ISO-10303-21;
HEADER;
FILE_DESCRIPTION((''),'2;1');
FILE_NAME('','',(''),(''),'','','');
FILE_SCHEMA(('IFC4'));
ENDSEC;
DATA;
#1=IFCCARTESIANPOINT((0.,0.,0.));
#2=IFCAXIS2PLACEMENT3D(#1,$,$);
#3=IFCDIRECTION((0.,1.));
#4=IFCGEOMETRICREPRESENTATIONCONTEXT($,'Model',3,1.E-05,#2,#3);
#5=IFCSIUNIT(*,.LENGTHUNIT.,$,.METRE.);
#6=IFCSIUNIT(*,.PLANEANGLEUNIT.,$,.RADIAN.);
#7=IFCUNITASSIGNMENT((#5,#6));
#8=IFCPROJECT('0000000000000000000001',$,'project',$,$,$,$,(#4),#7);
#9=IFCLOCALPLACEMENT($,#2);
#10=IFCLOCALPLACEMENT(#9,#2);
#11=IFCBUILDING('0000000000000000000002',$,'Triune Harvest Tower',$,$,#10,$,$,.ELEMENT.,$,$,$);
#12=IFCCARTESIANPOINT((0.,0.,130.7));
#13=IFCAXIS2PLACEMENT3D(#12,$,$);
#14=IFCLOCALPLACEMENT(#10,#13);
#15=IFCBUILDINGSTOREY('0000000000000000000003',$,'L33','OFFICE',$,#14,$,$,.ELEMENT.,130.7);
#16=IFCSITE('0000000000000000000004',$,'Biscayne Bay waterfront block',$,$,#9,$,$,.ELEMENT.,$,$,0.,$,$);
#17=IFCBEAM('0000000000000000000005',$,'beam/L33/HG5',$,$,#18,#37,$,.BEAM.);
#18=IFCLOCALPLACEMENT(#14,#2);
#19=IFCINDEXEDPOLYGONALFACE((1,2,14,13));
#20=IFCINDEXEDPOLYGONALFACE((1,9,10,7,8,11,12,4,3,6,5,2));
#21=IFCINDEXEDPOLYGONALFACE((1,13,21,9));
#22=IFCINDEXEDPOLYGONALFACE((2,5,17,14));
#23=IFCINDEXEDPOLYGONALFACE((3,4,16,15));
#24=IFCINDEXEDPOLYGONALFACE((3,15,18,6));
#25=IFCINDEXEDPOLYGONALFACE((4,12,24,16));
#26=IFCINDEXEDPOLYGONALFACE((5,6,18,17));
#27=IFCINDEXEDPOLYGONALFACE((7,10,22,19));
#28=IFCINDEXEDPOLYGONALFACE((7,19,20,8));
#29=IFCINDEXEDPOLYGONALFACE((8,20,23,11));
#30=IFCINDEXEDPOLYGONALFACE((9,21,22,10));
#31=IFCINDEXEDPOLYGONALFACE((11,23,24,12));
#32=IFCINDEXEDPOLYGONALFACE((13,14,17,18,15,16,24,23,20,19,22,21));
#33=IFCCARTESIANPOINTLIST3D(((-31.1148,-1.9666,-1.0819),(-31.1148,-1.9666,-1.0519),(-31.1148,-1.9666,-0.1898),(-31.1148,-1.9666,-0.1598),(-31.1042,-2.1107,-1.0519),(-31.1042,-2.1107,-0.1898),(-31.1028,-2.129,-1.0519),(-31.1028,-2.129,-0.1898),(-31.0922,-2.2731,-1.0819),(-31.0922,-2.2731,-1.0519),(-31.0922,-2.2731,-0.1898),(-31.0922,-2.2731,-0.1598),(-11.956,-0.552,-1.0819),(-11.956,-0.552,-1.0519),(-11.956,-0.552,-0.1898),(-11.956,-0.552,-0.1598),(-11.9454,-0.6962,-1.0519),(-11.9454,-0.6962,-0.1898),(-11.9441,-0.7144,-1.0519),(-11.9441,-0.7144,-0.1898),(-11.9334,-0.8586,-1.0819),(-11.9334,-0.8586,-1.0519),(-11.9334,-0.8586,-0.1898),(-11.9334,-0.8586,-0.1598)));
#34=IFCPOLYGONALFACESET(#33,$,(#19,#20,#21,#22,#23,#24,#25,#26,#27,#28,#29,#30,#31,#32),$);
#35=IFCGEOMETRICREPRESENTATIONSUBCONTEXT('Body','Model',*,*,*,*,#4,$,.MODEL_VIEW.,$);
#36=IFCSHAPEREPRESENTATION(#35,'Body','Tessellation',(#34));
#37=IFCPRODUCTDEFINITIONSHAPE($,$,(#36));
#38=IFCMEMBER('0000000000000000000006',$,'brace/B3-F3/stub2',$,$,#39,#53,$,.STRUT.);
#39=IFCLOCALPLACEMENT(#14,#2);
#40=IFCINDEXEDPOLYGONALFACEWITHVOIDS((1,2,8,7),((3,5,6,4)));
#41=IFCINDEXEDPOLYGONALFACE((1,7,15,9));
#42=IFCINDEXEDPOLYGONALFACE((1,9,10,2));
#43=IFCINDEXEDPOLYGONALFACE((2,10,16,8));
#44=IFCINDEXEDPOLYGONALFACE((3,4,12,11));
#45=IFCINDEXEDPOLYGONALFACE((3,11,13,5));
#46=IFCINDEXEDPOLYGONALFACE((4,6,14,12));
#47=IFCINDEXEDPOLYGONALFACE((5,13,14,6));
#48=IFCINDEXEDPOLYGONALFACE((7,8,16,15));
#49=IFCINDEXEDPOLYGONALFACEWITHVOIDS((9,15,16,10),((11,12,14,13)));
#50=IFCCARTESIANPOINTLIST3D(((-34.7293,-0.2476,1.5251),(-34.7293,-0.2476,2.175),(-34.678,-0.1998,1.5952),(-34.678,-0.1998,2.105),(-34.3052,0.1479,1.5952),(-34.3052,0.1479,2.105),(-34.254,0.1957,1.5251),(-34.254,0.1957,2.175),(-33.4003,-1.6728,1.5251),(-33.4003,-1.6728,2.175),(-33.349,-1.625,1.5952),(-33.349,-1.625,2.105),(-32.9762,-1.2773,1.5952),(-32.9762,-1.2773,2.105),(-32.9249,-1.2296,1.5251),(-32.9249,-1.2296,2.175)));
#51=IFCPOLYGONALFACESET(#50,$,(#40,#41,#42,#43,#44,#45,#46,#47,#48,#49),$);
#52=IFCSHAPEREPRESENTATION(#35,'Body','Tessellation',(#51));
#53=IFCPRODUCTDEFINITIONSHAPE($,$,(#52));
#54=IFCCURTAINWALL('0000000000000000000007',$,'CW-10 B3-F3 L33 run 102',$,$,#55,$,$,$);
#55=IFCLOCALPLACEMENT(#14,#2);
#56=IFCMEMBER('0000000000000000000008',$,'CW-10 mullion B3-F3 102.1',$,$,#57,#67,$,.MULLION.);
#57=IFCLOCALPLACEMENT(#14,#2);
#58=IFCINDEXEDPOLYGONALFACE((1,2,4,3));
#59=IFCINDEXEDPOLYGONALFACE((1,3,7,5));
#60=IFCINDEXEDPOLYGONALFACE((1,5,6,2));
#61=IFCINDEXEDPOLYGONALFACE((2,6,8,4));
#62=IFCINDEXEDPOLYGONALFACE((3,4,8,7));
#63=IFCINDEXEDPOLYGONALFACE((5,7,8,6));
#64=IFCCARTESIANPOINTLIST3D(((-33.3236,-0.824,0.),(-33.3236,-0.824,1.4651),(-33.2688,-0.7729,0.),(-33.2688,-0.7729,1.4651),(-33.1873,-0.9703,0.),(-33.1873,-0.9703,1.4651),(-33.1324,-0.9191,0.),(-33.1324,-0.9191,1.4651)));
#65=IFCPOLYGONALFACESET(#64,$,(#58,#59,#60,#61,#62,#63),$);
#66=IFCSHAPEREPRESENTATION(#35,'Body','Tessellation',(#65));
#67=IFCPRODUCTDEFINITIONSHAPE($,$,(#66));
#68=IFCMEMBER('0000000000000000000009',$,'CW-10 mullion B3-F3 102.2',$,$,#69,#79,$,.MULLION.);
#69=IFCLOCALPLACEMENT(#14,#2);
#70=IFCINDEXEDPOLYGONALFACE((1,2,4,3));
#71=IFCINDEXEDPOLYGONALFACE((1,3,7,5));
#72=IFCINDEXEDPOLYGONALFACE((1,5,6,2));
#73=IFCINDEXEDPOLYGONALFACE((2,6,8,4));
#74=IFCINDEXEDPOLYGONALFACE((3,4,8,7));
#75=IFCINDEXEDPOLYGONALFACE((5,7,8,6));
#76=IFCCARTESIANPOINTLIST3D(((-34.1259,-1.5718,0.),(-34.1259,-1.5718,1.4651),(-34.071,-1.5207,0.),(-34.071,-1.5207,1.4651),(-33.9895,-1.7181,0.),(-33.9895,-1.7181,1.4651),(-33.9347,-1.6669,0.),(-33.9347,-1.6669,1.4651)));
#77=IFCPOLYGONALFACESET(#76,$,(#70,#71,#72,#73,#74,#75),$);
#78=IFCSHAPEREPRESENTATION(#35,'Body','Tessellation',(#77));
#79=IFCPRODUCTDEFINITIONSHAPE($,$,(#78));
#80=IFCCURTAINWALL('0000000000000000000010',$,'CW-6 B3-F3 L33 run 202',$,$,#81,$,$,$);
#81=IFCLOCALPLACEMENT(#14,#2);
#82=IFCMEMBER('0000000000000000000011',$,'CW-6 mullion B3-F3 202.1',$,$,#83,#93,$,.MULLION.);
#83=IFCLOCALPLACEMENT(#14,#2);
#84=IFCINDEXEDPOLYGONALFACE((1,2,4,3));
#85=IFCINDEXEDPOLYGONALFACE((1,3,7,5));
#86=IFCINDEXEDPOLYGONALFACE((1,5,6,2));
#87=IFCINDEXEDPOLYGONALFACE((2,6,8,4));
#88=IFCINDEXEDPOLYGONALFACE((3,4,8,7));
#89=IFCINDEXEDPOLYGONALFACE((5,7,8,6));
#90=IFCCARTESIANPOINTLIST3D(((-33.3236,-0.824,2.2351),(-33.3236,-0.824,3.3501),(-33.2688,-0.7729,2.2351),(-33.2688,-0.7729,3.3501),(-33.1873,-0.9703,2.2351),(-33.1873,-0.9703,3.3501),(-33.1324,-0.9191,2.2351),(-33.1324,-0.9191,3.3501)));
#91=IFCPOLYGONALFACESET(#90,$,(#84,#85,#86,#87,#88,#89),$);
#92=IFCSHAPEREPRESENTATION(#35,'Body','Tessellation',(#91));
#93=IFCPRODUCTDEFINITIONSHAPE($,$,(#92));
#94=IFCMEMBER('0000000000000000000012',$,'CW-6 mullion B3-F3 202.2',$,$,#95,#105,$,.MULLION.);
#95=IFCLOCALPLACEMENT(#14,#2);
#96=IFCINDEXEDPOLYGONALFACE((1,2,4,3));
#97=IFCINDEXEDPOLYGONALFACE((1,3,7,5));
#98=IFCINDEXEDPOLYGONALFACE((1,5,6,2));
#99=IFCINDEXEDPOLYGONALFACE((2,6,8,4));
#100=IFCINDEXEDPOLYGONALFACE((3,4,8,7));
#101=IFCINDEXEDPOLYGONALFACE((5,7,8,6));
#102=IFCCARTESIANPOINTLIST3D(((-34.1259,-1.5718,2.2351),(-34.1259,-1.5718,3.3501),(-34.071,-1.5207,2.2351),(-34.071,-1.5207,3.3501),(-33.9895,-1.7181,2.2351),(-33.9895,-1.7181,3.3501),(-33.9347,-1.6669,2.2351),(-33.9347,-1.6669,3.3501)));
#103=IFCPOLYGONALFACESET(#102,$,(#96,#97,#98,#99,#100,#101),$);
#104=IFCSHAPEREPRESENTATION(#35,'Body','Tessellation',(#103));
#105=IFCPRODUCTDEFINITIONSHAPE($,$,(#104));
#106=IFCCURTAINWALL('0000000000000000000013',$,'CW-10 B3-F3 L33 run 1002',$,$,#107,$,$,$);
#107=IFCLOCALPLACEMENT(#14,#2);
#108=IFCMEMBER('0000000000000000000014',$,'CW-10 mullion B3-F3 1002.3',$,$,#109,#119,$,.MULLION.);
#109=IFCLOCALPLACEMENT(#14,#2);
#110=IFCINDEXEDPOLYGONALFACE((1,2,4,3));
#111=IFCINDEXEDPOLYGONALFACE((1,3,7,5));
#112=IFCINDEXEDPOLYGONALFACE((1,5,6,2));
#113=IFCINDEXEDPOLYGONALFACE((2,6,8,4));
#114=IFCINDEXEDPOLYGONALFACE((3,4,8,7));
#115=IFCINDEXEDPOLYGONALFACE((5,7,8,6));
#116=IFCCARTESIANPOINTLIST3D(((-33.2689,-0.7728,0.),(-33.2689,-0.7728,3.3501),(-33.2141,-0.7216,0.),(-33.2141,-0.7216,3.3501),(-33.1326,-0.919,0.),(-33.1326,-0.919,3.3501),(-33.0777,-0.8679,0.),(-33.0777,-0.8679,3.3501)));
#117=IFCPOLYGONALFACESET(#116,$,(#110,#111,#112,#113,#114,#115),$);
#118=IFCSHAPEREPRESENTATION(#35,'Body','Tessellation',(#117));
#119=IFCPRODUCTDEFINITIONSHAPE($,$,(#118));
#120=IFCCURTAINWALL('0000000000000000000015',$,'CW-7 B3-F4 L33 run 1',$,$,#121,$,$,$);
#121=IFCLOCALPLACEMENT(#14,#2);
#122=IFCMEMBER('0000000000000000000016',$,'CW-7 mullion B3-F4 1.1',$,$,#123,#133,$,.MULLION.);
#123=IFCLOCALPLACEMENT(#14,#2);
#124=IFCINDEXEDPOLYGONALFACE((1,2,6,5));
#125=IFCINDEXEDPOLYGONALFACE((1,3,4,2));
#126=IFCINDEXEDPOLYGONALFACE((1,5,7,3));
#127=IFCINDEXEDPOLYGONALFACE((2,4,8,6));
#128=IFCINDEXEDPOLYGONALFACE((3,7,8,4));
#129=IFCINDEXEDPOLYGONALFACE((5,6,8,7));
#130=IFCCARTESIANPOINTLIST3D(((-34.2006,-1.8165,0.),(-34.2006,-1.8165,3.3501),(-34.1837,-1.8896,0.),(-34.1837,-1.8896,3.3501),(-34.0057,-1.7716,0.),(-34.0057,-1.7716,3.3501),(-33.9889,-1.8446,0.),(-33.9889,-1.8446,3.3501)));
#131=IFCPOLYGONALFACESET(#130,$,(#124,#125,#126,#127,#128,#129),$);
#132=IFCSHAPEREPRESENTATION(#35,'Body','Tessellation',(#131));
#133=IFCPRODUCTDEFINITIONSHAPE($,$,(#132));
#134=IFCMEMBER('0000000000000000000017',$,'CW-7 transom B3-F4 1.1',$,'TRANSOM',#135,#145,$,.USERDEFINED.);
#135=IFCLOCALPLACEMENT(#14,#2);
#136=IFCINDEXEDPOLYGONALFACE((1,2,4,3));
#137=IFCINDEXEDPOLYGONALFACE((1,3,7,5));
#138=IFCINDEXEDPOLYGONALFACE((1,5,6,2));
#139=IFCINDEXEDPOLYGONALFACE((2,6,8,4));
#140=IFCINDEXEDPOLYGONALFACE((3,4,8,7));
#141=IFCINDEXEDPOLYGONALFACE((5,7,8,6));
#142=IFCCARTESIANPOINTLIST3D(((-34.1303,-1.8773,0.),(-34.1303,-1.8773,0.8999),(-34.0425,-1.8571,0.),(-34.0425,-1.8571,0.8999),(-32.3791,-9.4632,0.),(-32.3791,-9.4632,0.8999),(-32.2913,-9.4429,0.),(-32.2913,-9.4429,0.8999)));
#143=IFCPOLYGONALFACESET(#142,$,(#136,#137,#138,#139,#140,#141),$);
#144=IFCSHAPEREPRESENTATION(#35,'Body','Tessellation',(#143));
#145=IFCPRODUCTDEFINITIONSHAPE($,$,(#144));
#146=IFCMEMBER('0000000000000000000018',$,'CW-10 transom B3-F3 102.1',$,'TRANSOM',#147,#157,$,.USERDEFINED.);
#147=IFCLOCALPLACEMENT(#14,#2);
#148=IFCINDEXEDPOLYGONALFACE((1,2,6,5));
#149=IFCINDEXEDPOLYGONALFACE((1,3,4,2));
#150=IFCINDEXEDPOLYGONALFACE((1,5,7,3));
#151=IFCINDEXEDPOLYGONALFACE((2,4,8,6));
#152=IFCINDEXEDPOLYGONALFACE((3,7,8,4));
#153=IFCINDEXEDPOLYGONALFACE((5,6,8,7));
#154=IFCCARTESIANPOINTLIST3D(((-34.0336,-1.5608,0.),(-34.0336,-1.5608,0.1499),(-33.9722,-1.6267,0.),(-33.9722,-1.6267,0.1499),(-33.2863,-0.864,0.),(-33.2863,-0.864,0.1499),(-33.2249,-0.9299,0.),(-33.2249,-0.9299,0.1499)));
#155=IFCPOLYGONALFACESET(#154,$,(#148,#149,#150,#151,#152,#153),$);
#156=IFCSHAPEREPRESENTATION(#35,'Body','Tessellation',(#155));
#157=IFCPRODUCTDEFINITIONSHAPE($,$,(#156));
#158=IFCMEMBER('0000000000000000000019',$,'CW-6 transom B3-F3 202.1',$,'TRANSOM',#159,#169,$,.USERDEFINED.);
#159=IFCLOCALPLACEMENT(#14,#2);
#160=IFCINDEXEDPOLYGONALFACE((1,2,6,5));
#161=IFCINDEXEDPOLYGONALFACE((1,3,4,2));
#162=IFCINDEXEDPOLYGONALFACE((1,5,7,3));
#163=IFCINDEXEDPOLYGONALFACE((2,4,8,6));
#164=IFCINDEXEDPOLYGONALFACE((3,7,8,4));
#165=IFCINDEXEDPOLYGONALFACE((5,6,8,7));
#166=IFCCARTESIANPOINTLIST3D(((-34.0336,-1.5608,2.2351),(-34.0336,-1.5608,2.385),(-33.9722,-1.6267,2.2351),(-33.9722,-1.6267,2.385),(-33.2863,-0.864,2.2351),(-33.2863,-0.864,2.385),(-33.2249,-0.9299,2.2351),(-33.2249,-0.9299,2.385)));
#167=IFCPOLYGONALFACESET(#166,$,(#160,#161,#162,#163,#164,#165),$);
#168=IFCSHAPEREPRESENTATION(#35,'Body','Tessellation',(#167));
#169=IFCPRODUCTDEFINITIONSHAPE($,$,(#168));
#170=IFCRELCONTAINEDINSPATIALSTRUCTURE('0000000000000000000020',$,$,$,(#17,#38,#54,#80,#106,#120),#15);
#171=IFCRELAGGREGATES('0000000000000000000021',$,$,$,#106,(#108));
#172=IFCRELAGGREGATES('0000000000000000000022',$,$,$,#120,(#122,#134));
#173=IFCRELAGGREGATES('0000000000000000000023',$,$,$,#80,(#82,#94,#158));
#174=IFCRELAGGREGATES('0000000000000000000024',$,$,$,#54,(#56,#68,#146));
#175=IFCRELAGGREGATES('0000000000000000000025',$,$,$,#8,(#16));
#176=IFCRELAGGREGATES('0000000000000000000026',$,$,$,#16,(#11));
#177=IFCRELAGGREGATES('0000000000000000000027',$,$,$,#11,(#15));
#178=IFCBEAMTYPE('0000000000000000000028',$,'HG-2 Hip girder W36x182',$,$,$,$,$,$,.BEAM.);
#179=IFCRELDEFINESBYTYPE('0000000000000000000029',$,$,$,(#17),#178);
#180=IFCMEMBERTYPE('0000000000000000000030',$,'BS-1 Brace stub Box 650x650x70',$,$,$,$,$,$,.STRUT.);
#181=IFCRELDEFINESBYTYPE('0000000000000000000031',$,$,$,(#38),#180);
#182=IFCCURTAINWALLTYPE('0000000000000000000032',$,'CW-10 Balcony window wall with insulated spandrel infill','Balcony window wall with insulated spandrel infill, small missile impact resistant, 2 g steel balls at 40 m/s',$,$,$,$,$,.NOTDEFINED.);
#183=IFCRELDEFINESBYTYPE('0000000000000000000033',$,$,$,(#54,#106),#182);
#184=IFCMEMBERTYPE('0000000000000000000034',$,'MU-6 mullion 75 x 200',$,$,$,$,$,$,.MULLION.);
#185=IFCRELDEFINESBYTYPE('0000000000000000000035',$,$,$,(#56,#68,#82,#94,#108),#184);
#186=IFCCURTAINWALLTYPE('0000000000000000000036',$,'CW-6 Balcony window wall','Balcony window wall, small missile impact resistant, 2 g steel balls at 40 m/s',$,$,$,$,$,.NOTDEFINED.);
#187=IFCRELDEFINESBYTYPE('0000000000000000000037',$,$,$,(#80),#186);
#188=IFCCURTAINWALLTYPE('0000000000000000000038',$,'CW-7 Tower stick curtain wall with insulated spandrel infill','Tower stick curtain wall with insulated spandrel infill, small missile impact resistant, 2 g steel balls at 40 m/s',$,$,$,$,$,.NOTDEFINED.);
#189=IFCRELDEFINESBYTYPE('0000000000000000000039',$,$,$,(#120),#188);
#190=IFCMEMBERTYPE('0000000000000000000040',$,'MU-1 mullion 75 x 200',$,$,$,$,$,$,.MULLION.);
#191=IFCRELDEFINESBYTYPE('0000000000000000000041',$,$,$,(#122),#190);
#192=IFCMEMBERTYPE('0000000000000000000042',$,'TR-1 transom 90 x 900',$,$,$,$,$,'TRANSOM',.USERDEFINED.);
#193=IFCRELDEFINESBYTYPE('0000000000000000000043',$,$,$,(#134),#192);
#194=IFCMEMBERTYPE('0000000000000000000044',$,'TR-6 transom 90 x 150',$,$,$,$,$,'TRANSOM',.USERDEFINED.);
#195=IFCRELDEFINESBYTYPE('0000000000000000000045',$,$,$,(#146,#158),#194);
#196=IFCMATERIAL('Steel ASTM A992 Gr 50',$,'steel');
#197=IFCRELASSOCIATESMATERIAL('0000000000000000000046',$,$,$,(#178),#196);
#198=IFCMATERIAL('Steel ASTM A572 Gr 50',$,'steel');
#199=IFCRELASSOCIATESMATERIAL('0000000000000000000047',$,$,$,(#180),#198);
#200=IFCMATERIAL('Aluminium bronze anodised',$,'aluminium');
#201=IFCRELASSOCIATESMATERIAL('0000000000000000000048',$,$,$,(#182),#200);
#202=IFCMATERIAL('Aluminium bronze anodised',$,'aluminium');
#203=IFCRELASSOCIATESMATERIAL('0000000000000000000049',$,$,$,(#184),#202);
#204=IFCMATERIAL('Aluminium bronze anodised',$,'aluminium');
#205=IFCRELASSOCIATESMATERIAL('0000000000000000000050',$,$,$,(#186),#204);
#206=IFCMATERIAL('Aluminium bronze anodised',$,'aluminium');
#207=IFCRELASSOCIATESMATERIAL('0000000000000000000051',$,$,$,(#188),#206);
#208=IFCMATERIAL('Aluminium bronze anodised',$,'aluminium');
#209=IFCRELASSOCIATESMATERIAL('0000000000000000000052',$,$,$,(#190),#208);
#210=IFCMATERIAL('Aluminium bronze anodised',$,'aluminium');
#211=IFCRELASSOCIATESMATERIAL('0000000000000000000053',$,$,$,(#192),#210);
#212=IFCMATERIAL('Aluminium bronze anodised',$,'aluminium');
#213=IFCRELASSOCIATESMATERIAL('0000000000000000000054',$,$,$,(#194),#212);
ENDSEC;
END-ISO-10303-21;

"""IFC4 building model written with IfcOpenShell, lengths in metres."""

from ifc_helpers import new_model, si_unit, direction, frame, origin, origin_2d, place, context, subcontext, project, spatial, rectangle, hollow_rectangle, i_section, extrude, source, transform, mapped, material, material_profile, profile_set, type_object, element, aggregate, save


model = new_model("IFC4")

# Units and contexts
model_context = context("Model", 3, precision=1e-05, world=origin(), true_north=direction((0.0, 1.0)))
body_context = subcontext(model_context, "Body", "Model", "MODEL_VIEW")
ifc_project = project(units=[si_unit("LENGTHUNIT", "METRE"), si_unit("PLANEANGLEUNIT", "RADIAN")], contexts=[model_context])

# Site, building, storey
site_placement = place(None, origin())
site = spatial("IfcSite", under=ifc_project, at=site_placement, Name="Biscayne Bay waterfront block", CompositionType="ELEMENT", RefElevation=0.0)
building_placement = place(site_placement, origin())
building = spatial("IfcBuilding", under=site, at=building_placement, Name="Triune Harvest Tower", CompositionType="ELEMENT")
storey_placement = place(building_placement, frame((0.0, 0.0, 130.7)))
storey = spatial("IfcBuildingStorey", under=building, at=storey_placement, Name="L33", Description="OFFICE", CompositionType="ELEMENT", Elevation=130.7)

# Beam
ifc_material_1 = material(Name="Steel ASTM A992 Gr 50", Category="steel")
ifc_material_profile_1 = material_profile(ifc_material_1, i_section(OverallWidth=0.3074, OverallDepth=0.9221, WebThickness=0.0183, FlangeThickness=0.03, at=origin_2d()), Name="W36x182")
ifc_profile_set_1 = profile_set([ifc_material_profile_1], Name="Steel ASTM A992 Gr 50")
beam_type = type_object("IfcBeamType", Name="HG-2 Hip girder W36x182", PredefinedType="BEAM", material=ifc_profile_set_1)
shared_shape_1 = source(origin(), body_context, "Body", "SweptSolid", [
    extrude(i_section(OverallWidth=0.3074, OverallDepth=0.9221, WebThickness=0.0183, FlangeThickness=0.03, at=origin_2d()), origin(), (0.0, 0.0, 1.0), 19.2109),
])
beam_placement = place(storey_placement, frame((-31.1035, -2.1199, -0.6208), z_axis=(0.997285, 0.073633, 0.0), x_axis=(-0.073633, 0.997285, 0.0)))
element("IfcBeam", 1, at=beam_placement, inside=storey, type_object=beam_type, Name="beam/L33/HG5", PredefinedType="BEAM", context=body_context, shape_type="MappedRepresentation", body=[
    mapped(shared_shape_1, transform((0.0, 0.0, 0.0), scale=1.0)),
])

# Member
ifc_material_2 = material(Name="Steel ASTM A572 Gr 50", Category="steel")
ifc_material_profile_2 = material_profile(ifc_material_2, hollow_rectangle(XDim=0.6499, YDim=0.6499, WallThickness=0.0701, at=origin_2d()), Name="Box 650x650x70")
ifc_profile_set_2 = profile_set([ifc_material_profile_2], Name="Steel ASTM A572 Gr 50")
member_type_1 = type_object("IfcMemberType", Name="BS-1 Brace stub Box 650x650x70", PredefinedType="STRUT", material=ifc_profile_set_2)
shared_shape_2 = source(origin(), body_context, "Body", "SweptSolid", [
    extrude(hollow_rectangle(XDim=0.6499, YDim=0.6499, WallThickness=0.0701, at=origin_2d()), origin(), (0.0, 0.0, 1.0), 1.9487),
])
member_1_placement = place(storey_placement, frame((-33.1626, -1.4512, 1.8501), z_axis=(-0.681997, 0.731355, 0.0), x_axis=(-0.731355, -0.681997, 0.0)))
element("IfcMember", 2, at=member_1_placement, inside=storey, type_object=member_type_1, Name="brace/B3-F3/stub2", PredefinedType="STRUT", context=body_context, shape_type="MappedRepresentation", body=[
    mapped(shared_shape_2, transform((0.0, 0.0, 0.0), scale=1.0)),
])

# Curtain walls, members
ifc_material_3 = material(Name="Aluminium bronze anodised", Category="aluminium")
curtain_wall_type_1 = type_object("IfcCurtainWallType", Name="CW-10 Balcony window wall with insulated spandrel infill", Description="Balcony window wall with insulated spandrel infill, small missile impact resistant, 2 g steel balls at 40 m/s", PredefinedType="NOTDEFINED", material=ifc_material_3)
curtain_wall_1_placement = place(storey_placement, origin())
curtain_wall_1 = element("IfcCurtainWall", 3, at=curtain_wall_1_placement, inside=storey, type_object=curtain_wall_type_1, Name="CW-10 B3-F3 L33 run 102")
ifc_material_4 = material(Name="Aluminium bronze anodised", Category="aluminium")
ifc_material_profile_3 = material_profile(ifc_material_4, rectangle(XDim=0.2, YDim=0.075, at=origin_2d()), Name="MU-6 mullion 75 x 200")
ifc_profile_set_3 = profile_set([ifc_material_profile_3], Name="Aluminium bronze anodised")
member_type_2 = type_object("IfcMemberType", Name="MU-6 mullion 75 x 200", PredefinedType="MULLION", material=ifc_profile_set_3)
shared_shape_3 = source(origin(), body_context, "Body", "SweptSolid", [
    extrude(rectangle(XDim=0.2, YDim=0.075, at=origin_2d()), origin(), (0.0, 0.0, 1.0), 1.4651),
])
member_2_placement = place(storey_placement, frame((-33.228, -0.8716, 0.0), z_axis=(0.0, 0.0, 1.0), x_axis=(0.681968, -0.731382, 0.0)))
member_2 = element("IfcMember", 4, at=member_2_placement, type_object=member_type_2, Name="CW-10 mullion B3-F3 102.1", PredefinedType="MULLION", context=body_context, shape_type="MappedRepresentation", body=[
    mapped(shared_shape_3, transform((0.0, 0.0, 0.0), scale=1.0)),
])
member_3_placement = place(storey_placement, frame((-34.0303, -1.6194, 0.0), z_axis=(0.0, 0.0, 1.0), x_axis=(0.681968, -0.731382, 0.0)))
member_3 = element("IfcMember", 5, at=member_3_placement, type_object=member_type_2, Name="CW-10 mullion B3-F3 102.2", PredefinedType="MULLION", context=body_context, shape_type="MappedRepresentation", body=[
    mapped(shared_shape_3, transform((0.0, 0.0, 0.0), scale=1.0)),
])
ifc_material_5 = material(Name="Aluminium bronze anodised", Category="aluminium")
curtain_wall_type_2 = type_object("IfcCurtainWallType", Name="CW-6 Balcony window wall", Description="Balcony window wall, small missile impact resistant, 2 g steel balls at 40 m/s", PredefinedType="NOTDEFINED", material=ifc_material_5)
curtain_wall_2_placement = place(storey_placement, origin())
curtain_wall_2 = element("IfcCurtainWall", 6, at=curtain_wall_2_placement, inside=storey, type_object=curtain_wall_type_2, Name="CW-6 B3-F3 L33 run 202")
shared_shape_4 = source(origin(), body_context, "Body", "SweptSolid", [
    extrude(rectangle(XDim=0.2, YDim=0.075, at=origin_2d()), origin(), (0.0, 0.0, 1.0), 1.115),
])
member_4_placement = place(storey_placement, frame((-33.228, -0.8716, 2.2351), z_axis=(0.0, 0.0, 1.0), x_axis=(0.681968, -0.731382, 0.0)))
member_4 = element("IfcMember", 7, at=member_4_placement, type_object=member_type_2, Name="CW-6 mullion B3-F3 202.1", PredefinedType="MULLION", context=body_context, shape_type="MappedRepresentation", body=[
    mapped(shared_shape_4, transform((0.0, 0.0, 0.0), scale=1.0)),
])
member_5_placement = place(storey_placement, frame((-34.0303, -1.6194, 2.2351), z_axis=(0.0, 0.0, 1.0), x_axis=(0.681968, -0.731382, 0.0)))
member_5 = element("IfcMember", 8, at=member_5_placement, type_object=member_type_2, Name="CW-6 mullion B3-F3 202.2", PredefinedType="MULLION", context=body_context, shape_type="MappedRepresentation", body=[
    mapped(shared_shape_4, transform((0.0, 0.0, 0.0), scale=1.0)),
])

# Curtain wall, member
curtain_wall_3_placement = place(storey_placement, origin())
curtain_wall_3 = element("IfcCurtainWall", 9, at=curtain_wall_3_placement, inside=storey, type_object=curtain_wall_type_1, Name="CW-10 B3-F3 L33 run 1002")
shared_shape_5 = source(origin(), body_context, "Body", "SweptSolid", [
    extrude(rectangle(XDim=0.2, YDim=0.075, at=origin_2d()), origin(), (0.0, 0.0, 1.0), 3.3501),
])
member_6_placement = place(storey_placement, frame((-33.1733, -0.8203, 0.0), z_axis=(0.0, 0.0, 1.0), x_axis=(0.681999, -0.731353, 0.0)))
member_6 = element("IfcMember", 10, at=member_6_placement, type_object=member_type_2, Name="CW-10 mullion B3-F3 1002.3", PredefinedType="MULLION", context=body_context, shape_type="MappedRepresentation", body=[
    mapped(shared_shape_5, transform((0.0, 0.0, 0.0), scale=1.0)),
])
aggregate(curtain_wall_3, [member_6])

# Curtain wall, members
ifc_material_6 = material(Name="Aluminium bronze anodised", Category="aluminium")
curtain_wall_type_3 = type_object("IfcCurtainWallType", Name="CW-7 Tower stick curtain wall with insulated spandrel infill", Description="Tower stick curtain wall with insulated spandrel infill, small missile impact resistant, 2 g steel balls at 40 m/s", PredefinedType="NOTDEFINED", material=ifc_material_6)
curtain_wall_4_placement = place(storey_placement, origin())
curtain_wall_4 = element("IfcCurtainWall", 11, at=curtain_wall_4_placement, inside=storey, type_object=curtain_wall_type_3, Name="CW-7 B3-F4 L33 run 1")
ifc_material_7 = material(Name="Aluminium bronze anodised", Category="aluminium")
ifc_material_profile_4 = material_profile(ifc_material_7, rectangle(XDim=0.2, YDim=0.075, at=origin_2d()), Name="MU-1 mullion 75 x 200")
ifc_profile_set_4 = profile_set([ifc_material_profile_4], Name="Aluminium bronze anodised")
member_type_3 = type_object("IfcMemberType", Name="MU-1 mullion 75 x 200", PredefinedType="MULLION", material=ifc_profile_set_4)
shared_shape_6 = source(origin(), body_context, "Body", "SweptSolid", [
    extrude(rectangle(XDim=0.2, YDim=0.075, at=origin_2d()), origin(), (0.0, 0.0, 1.0), 3.3501),
])
member_7_placement = place(storey_placement, frame((-34.0947, -1.8306, 0.0), z_axis=(0.0, 0.0, 1.0), x_axis=(0.974371, 0.224947, 0.0)))
member_7 = element("IfcMember", 12, at=member_7_placement, type_object=member_type_3, Name="CW-7 mullion B3-F4 1.1", PredefinedType="MULLION", context=body_context, shape_type="MappedRepresentation", body=[
    mapped(shared_shape_6, transform((0.0, 0.0, 0.0), scale=1.0)),
])
ifc_material_8 = material(Name="Aluminium bronze anodised", Category="aluminium")
ifc_material_profile_5 = material_profile(ifc_material_8, rectangle(XDim=0.0901, YDim=0.8999, at=origin_2d()), Name="TR-1 transom 90 x 900")
ifc_profile_set_5 = profile_set([ifc_material_profile_5], Name="Aluminium bronze anodised")
member_type_4 = type_object("IfcMemberType", Name="TR-1 transom 90 x 900", ElementType="TRANSOM", PredefinedType="USERDEFINED", material=ifc_profile_set_5)
shared_shape_7 = source(origin(), body_context, "Body", "SweptSolid", [
    extrude(rectangle(XDim=0.0901, YDim=0.8999, at=origin_2d()), origin(), (0.0, 0.0, 1.0), 7.7854),
])
member_8_placement = place(storey_placement, frame((-34.0864, -1.8672, 0.45), z_axis=(0.224935, -0.974374, 0.0), x_axis=(0.974374, 0.224935, 0.0)))
member_8 = element("IfcMember", 13, at=member_8_placement, type_object=member_type_4, Name="CW-7 transom B3-F4 1.1", ObjectType="TRANSOM", PredefinedType="USERDEFINED", context=body_context, shape_type="MappedRepresentation", body=[
    mapped(shared_shape_7, transform((0.0, 0.0, 0.0), scale=1.0)),
])
aggregate(curtain_wall_4, [member_7, member_8])

# Members
ifc_material_9 = material(Name="Aluminium bronze anodised", Category="aluminium")
ifc_material_profile_6 = material_profile(ifc_material_9, rectangle(XDim=0.0901, YDim=0.1499, at=origin_2d()), Name="TR-6 transom 90 x 150")
ifc_profile_set_6 = profile_set([ifc_material_profile_6], Name="Aluminium bronze anodised")
member_type_5 = type_object("IfcMemberType", Name="TR-6 transom 90 x 150", ElementType="TRANSOM", PredefinedType="USERDEFINED", material=ifc_profile_set_6)
shared_shape_8 = source(origin(), body_context, "Body", "SweptSolid", [
    extrude(rectangle(XDim=0.0901, YDim=0.1499, at=origin_2d()), origin(), (0.0, 0.0, 1.0), 1.0217),
])
member_9_placement = place(storey_placement, frame((-33.2556, -0.897, 0.075), z_axis=(-0.731405, -0.681944, 0.0), x_axis=(0.681944, -0.731405, 0.0)))
member_9 = element("IfcMember", 14, at=member_9_placement, type_object=member_type_5, Name="CW-10 transom B3-F3 102.1", ObjectType="TRANSOM", PredefinedType="USERDEFINED", context=body_context, shape_type="MappedRepresentation", body=[
    mapped(shared_shape_8, transform((0.0, 0.0, 0.0), scale=1.0)),
])
member_10_placement = place(storey_placement, frame((-33.2556, -0.897, 2.3101), z_axis=(-0.731405, -0.681944, 0.0), x_axis=(0.681944, -0.731405, 0.0)))
member_10 = element("IfcMember", 15, at=member_10_placement, type_object=member_type_5, Name="CW-6 transom B3-F3 202.1", ObjectType="TRANSOM", PredefinedType="USERDEFINED", context=body_context, shape_type="MappedRepresentation", body=[
    mapped(shared_shape_8, transform((0.0, 0.0, 0.0), scale=1.0)),
])

aggregate(curtain_wall_2, [member_4, member_5, member_10])
aggregate(curtain_wall_1, [member_2, member_3, member_9])

save(model, "model.ifc")
